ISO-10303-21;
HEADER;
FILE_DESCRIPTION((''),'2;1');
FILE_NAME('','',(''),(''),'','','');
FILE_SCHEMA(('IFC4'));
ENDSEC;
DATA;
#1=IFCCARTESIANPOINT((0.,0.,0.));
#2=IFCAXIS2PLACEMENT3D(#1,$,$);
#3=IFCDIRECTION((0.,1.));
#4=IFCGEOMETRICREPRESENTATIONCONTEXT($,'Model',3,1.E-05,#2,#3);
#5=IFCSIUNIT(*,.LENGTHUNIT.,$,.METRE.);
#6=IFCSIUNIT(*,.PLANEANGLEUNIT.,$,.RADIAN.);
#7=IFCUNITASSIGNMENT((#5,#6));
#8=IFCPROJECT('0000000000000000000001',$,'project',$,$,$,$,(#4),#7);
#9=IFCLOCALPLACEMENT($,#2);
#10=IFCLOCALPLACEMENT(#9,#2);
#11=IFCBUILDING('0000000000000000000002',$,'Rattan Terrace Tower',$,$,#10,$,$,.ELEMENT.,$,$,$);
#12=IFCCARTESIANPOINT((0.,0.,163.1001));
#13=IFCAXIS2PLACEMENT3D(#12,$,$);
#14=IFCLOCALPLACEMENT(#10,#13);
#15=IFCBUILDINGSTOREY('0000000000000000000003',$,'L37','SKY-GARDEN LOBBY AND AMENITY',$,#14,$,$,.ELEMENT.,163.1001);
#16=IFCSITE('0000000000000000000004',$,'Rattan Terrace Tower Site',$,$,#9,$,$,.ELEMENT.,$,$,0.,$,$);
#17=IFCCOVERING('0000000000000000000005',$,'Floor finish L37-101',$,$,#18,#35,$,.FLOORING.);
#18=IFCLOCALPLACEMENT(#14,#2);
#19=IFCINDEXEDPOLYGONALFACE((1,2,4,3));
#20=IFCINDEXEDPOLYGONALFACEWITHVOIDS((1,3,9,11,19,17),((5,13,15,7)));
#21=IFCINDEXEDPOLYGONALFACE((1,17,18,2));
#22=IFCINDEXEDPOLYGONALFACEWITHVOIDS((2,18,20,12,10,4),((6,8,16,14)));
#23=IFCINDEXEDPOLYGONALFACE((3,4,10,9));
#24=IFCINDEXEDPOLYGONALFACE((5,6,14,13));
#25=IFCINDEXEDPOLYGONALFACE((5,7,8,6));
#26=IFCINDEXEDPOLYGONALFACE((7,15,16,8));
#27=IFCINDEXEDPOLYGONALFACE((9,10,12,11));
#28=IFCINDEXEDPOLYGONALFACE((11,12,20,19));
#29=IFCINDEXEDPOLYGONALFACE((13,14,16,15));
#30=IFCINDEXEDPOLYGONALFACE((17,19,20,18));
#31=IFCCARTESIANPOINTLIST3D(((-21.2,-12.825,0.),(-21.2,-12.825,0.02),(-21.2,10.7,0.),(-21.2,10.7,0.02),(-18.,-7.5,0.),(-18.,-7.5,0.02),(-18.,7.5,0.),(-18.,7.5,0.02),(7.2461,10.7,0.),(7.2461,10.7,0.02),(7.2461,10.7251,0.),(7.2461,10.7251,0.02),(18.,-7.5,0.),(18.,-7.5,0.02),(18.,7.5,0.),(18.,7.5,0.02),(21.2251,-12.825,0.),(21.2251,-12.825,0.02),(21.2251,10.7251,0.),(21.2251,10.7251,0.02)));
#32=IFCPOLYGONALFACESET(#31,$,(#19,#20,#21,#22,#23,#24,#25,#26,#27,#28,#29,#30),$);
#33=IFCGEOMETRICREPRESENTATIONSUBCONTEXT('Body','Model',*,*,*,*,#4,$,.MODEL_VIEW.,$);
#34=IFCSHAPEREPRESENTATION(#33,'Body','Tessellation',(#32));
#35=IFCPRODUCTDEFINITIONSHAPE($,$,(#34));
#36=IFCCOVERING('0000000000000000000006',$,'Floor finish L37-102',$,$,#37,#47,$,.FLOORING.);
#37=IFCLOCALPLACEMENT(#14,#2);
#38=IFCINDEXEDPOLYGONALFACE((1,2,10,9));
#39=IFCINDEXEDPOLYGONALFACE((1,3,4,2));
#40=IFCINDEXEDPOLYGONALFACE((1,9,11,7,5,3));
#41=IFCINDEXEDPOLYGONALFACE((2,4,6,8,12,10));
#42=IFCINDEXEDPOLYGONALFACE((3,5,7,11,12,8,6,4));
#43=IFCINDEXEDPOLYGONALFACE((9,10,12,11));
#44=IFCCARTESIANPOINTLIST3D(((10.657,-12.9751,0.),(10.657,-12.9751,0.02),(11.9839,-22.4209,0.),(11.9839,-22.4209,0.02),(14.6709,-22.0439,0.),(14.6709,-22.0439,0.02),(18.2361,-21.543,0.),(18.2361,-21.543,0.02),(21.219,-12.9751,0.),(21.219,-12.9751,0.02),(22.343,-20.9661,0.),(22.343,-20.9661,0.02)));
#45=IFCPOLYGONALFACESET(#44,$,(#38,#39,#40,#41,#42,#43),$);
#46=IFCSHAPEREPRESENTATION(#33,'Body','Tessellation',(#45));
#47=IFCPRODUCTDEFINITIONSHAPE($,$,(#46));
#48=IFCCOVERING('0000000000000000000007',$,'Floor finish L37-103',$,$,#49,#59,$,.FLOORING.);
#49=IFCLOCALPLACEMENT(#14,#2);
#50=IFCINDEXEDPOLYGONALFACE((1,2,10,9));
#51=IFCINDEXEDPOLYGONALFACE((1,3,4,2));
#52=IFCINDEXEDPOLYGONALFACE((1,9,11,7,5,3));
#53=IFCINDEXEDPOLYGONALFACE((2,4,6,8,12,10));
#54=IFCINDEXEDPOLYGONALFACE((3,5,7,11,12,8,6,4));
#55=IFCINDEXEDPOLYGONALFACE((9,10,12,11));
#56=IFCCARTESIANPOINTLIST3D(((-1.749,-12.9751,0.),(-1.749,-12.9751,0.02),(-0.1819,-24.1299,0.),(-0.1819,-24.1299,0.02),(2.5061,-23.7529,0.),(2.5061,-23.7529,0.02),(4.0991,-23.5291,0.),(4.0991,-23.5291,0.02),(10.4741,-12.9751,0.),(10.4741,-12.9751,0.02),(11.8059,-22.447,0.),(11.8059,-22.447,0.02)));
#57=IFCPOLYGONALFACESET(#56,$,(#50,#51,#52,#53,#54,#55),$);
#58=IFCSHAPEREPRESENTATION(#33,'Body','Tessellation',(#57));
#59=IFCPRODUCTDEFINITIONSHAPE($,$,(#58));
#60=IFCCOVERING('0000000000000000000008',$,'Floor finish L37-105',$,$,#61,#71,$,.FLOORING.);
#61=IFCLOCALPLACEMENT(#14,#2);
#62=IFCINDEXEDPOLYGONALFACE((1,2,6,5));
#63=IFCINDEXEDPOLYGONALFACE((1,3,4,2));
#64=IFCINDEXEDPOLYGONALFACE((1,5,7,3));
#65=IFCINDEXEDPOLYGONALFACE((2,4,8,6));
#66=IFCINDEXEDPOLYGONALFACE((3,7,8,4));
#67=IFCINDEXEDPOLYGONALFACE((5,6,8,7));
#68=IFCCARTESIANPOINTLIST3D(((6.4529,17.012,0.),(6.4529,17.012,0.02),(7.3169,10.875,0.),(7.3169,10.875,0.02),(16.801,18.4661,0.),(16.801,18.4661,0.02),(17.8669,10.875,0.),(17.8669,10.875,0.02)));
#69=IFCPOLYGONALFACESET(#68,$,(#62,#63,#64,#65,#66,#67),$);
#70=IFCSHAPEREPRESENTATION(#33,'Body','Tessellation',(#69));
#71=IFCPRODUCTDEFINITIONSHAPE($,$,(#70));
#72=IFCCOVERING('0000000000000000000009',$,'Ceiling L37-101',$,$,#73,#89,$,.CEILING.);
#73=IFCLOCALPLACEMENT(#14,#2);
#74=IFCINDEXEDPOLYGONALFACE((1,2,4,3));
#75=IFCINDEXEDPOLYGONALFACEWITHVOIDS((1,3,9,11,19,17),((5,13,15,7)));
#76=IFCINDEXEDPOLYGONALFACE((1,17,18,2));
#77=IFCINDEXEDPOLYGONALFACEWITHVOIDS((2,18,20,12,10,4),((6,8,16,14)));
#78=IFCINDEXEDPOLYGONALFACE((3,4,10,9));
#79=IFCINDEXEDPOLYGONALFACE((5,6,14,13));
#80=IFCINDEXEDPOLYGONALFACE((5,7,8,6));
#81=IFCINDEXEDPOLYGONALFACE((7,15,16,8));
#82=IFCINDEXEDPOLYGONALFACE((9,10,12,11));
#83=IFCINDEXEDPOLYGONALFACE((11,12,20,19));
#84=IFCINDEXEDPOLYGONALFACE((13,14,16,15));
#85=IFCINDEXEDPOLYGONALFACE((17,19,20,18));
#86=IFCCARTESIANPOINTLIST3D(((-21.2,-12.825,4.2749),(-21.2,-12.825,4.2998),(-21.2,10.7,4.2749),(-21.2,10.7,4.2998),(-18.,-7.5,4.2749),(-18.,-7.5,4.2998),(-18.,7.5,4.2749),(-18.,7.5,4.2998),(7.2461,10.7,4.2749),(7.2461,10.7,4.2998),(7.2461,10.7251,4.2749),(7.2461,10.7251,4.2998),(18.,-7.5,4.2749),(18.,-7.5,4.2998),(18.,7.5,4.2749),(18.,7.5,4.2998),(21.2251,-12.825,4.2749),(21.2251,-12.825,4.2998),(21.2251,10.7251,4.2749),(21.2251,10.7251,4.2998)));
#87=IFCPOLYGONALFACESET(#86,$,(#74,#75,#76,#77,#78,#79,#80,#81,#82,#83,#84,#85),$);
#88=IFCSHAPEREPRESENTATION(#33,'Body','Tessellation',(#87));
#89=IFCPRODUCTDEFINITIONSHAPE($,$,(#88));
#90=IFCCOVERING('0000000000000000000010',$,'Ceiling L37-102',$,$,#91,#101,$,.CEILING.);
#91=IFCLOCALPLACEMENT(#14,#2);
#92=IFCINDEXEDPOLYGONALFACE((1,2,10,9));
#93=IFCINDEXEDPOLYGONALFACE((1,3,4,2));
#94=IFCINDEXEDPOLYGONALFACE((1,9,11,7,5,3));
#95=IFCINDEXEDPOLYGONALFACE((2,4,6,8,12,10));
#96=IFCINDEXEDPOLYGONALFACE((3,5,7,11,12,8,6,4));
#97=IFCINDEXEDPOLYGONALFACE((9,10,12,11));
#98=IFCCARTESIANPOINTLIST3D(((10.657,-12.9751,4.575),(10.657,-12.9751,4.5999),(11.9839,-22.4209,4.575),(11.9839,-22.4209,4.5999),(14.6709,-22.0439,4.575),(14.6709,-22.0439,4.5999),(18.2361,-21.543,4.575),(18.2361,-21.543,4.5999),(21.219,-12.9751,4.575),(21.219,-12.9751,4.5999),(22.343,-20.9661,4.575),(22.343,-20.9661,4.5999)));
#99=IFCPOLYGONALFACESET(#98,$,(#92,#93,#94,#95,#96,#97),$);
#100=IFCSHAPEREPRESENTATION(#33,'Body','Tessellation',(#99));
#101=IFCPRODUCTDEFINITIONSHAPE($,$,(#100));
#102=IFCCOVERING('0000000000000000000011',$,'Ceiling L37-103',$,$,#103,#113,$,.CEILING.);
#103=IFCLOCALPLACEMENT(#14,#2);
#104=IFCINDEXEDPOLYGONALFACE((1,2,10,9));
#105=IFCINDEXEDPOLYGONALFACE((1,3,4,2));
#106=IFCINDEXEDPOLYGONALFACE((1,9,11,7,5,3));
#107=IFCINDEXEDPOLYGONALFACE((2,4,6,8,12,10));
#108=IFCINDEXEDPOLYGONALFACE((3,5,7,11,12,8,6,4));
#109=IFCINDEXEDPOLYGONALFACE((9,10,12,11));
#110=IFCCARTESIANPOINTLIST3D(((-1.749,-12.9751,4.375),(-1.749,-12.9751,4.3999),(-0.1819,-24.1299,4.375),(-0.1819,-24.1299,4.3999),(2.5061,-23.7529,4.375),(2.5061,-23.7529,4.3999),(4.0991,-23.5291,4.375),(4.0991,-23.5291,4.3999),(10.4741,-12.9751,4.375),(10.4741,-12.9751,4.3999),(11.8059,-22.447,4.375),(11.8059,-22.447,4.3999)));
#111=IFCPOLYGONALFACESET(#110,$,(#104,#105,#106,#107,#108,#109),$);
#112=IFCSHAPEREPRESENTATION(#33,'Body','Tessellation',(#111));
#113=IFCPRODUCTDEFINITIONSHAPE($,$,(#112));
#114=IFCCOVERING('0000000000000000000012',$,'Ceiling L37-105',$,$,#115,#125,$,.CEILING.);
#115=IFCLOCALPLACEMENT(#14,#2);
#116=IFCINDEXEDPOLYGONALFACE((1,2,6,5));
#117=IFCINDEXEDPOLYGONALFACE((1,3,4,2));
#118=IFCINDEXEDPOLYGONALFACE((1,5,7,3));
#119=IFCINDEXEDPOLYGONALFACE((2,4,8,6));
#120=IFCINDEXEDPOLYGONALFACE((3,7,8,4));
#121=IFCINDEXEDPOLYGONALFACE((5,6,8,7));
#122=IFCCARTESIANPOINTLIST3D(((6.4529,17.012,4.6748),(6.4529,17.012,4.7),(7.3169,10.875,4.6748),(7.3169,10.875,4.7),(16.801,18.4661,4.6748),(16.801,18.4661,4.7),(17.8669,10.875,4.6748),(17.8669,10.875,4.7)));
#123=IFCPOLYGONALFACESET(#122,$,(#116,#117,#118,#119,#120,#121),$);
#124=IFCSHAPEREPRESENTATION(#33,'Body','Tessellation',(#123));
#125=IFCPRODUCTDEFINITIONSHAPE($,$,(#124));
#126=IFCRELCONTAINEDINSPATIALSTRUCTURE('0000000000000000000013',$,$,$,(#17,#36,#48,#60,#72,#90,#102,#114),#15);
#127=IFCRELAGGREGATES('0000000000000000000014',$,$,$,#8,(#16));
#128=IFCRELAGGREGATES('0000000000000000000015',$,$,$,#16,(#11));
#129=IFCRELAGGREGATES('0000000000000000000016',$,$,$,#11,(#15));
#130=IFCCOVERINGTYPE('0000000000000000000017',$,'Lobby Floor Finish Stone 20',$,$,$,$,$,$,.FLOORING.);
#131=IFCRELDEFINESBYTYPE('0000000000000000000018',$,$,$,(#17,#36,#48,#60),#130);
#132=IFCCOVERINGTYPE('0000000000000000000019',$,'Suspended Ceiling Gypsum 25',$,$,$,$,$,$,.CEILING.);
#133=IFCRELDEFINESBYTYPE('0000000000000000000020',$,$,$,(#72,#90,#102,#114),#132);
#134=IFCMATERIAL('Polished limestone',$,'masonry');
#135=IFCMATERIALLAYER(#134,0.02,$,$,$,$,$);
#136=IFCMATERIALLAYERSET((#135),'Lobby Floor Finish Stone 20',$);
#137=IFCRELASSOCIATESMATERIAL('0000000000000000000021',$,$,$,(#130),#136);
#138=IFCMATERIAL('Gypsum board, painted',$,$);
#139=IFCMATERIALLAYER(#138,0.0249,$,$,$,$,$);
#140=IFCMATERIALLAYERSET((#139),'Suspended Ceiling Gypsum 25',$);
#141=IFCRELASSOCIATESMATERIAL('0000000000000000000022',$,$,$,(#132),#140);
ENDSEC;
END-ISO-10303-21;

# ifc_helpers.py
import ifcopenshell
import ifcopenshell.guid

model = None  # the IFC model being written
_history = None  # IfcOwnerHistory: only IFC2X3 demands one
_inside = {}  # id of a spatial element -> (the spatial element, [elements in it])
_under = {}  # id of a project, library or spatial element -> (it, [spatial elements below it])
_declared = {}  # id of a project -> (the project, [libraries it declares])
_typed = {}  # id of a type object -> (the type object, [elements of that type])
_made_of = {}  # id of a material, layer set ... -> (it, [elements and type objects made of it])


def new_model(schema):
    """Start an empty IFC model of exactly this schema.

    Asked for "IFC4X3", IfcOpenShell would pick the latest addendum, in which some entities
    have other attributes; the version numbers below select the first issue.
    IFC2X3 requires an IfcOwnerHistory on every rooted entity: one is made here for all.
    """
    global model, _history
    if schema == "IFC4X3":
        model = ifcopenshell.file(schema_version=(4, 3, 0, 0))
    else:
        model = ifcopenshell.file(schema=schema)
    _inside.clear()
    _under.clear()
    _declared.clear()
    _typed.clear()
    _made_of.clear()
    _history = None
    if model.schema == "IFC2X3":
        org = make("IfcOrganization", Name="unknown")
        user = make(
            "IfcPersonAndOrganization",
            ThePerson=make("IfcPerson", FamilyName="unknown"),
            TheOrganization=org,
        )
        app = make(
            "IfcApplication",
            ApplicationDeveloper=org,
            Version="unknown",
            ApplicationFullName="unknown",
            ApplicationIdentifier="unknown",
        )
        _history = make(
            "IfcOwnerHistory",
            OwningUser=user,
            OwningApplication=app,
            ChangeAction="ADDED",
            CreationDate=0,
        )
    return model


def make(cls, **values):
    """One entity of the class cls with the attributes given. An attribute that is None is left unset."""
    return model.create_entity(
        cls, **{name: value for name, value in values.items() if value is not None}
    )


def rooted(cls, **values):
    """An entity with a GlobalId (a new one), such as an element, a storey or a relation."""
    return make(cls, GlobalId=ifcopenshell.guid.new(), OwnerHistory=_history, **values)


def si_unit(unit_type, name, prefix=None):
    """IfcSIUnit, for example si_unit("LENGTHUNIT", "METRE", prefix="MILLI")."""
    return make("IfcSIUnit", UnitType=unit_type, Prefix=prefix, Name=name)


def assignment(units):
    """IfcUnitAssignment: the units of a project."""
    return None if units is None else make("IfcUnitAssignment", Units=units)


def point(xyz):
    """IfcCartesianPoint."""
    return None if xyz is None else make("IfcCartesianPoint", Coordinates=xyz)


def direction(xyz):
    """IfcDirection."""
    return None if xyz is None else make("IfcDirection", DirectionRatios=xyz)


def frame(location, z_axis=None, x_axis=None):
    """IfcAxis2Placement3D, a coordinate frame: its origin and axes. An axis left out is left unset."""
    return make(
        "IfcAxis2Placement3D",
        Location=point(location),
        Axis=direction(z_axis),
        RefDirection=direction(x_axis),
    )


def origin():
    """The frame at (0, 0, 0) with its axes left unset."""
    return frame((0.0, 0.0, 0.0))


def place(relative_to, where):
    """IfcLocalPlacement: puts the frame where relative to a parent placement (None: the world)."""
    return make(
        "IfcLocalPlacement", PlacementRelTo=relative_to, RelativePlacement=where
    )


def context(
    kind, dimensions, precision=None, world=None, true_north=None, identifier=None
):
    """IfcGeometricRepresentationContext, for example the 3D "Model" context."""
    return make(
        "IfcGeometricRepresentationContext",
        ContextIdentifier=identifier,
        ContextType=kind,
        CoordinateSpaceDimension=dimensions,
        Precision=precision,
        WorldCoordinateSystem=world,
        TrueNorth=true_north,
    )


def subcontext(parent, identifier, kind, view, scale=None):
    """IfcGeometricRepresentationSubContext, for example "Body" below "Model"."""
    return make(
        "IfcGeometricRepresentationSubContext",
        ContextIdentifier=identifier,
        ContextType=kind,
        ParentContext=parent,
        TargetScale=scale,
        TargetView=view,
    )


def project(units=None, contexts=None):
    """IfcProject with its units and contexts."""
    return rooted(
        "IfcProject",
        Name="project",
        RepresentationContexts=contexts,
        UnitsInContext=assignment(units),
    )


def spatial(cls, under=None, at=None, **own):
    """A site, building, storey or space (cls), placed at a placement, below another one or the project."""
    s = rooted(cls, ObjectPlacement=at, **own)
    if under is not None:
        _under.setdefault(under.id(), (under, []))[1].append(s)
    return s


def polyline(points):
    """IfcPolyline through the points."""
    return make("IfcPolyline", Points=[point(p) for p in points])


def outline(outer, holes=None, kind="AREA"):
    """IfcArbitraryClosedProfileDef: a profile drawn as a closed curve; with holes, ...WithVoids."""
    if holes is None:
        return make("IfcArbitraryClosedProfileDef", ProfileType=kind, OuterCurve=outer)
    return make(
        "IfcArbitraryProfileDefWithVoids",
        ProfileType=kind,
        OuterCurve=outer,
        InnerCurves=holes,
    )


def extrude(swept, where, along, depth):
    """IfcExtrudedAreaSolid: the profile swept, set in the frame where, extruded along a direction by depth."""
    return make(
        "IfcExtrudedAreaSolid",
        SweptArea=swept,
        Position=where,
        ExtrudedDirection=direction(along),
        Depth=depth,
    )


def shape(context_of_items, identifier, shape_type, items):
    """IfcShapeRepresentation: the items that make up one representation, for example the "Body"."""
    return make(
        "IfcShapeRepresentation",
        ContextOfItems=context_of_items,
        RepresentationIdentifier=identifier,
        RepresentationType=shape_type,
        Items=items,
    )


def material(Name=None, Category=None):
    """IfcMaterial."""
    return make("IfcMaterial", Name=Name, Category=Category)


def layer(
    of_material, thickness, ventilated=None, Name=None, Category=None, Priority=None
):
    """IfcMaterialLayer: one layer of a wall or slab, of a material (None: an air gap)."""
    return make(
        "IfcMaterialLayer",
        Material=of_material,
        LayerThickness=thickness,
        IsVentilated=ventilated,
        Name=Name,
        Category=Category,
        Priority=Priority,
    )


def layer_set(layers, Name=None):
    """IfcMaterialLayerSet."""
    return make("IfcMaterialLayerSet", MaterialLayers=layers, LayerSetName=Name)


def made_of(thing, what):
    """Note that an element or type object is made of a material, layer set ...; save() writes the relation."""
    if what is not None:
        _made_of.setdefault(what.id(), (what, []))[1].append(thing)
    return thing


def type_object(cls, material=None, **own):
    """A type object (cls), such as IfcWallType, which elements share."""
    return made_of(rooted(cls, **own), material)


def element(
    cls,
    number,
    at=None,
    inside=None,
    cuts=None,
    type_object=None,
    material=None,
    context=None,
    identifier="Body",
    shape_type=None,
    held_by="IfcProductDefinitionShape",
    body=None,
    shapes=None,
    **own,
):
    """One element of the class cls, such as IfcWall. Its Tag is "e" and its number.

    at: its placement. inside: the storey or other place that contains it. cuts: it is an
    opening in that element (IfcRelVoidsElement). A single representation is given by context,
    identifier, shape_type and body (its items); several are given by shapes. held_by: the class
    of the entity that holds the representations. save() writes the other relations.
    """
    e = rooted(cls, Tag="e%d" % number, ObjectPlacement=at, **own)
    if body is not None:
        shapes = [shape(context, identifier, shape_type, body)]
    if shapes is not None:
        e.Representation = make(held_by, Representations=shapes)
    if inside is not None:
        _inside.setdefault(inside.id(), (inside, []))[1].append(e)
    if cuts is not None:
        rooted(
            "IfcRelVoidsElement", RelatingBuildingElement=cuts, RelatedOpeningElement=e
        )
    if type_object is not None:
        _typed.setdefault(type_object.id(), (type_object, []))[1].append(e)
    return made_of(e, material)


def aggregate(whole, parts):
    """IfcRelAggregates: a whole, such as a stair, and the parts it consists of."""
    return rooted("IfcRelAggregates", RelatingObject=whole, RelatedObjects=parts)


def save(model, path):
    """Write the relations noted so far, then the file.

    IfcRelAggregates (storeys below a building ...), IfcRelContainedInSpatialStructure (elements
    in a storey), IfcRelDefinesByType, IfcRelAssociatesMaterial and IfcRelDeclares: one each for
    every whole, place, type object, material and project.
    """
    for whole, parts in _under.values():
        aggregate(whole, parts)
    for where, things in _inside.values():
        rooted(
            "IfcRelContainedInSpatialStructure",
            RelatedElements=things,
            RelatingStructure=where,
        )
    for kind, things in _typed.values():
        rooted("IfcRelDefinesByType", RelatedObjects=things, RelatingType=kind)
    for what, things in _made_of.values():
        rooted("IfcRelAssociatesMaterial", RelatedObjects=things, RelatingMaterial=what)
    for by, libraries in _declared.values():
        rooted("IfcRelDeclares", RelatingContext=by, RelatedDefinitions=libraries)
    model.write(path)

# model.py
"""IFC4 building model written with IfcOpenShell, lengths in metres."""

from ifc_helpers import new_model, si_unit, direction, frame, origin, place, context, subcontext, project, spatial, polyline, outline, extrude, material, layer, layer_set, type_object, element, save


model = new_model("IFC4")

# Units and contexts
model_context = context("Model", 3, precision=1e-05, world=origin(), true_north=direction((0.0, 1.0)))
body_context = subcontext(model_context, "Body", "Model", "MODEL_VIEW")
ifc_project = project(units=[si_unit("LENGTHUNIT", "METRE"), si_unit("PLANEANGLEUNIT", "RADIAN")], contexts=[model_context])

# Site, building, storey
site_placement = place(None, origin())
site = spatial("IfcSite", under=ifc_project, at=site_placement, Name="Rattan Terrace Tower Site", CompositionType="ELEMENT", RefElevation=0.0)
building_placement = place(site_placement, origin())
building = spatial("IfcBuilding", under=site, at=building_placement, Name="Rattan Terrace Tower", CompositionType="ELEMENT")
storey_placement = place(building_placement, frame((0.0, 0.0, 163.1001)))
storey = spatial("IfcBuildingStorey", under=building, at=storey_placement, Name="L37", Description="SKY-GARDEN LOBBY AND AMENITY", CompositionType="ELEMENT", Elevation=163.1001)

# Coverings
ifc_material_1 = material(Name="Polished limestone", Category="masonry")
ifc_layer_1 = layer(ifc_material_1, 0.02)
ifc_layer_set_1 = layer_set([ifc_layer_1], Name="Lobby Floor Finish Stone 20")
covering_type_1 = type_object("IfcCoveringType", Name="Lobby Floor Finish Stone 20", PredefinedType="FLOORING", material=ifc_layer_set_1)
covering_1_placement = place(storey_placement, origin())
element("IfcCovering", 1, at=covering_1_placement, inside=storey, type_object=covering_type_1, Name="Floor finish L37-101", PredefinedType="FLOORING", context=body_context, shape_type="SweptSolid", body=[
    extrude(outline(polyline([(-21.2, -12.825), (21.2251, -12.825), (21.2251, 10.7251), (7.2461, 10.7251), (7.2461, 10.7), (-21.2, 10.7), (-21.2, -12.825)]), holes=[polyline([(-18.0, -7.5), (18.0, -7.5), (18.0, 7.5), (-18.0, 7.5), (-18.0, -7.5)])]), origin(), (0.0, 0.0, 1.0), 0.02),
])
covering_2_placement = place(storey_placement, origin())
element("IfcCovering", 2, at=covering_2_placement, inside=storey, type_object=covering_type_1, Name="Floor finish L37-102", PredefinedType="FLOORING", context=body_context, shape_type="SweptSolid", body=[
    extrude(outline(polyline([(14.6709, -22.0439), (18.2361, -21.543), (22.343, -20.9661), (21.219, -12.9751), (10.657, -12.9751), (11.9839, -22.4209), (14.6709, -22.0439)])), origin(), (0.0, 0.0, 1.0), 0.02),
])
covering_3_placement = place(storey_placement, origin())
element("IfcCovering", 3, at=covering_3_placement, inside=storey, type_object=covering_type_1, Name="Floor finish L37-103", PredefinedType="FLOORING", context=body_context, shape_type="SweptSolid", body=[
    extrude(outline(polyline([(2.5061, -23.7529), (4.0991, -23.5291), (11.8059, -22.447), (10.4741, -12.9751), (-1.749, -12.9751), (-0.1819, -24.1299), (2.5061, -23.7529)])), origin(), (0.0, 0.0, 1.0), 0.02),
])
covering_4_placement = place(storey_placement, origin())
element("IfcCovering", 4, at=covering_4_placement, inside=storey, type_object=covering_type_1, Name="Floor finish L37-105", PredefinedType="FLOORING", context=body_context, shape_type="SweptSolid", body=[
    extrude(outline(polyline([(17.8669, 10.875), (16.801, 18.4661), (6.4529, 17.012), (7.3169, 10.875), (17.8669, 10.875)])), origin(), (0.0, 0.0, 1.0), 0.02),
])
ifc_material_2 = material(Name="Gypsum board, painted")
ifc_layer_2 = layer(ifc_material_2, 0.0249)
ifc_layer_set_2 = layer_set([ifc_layer_2], Name="Suspended Ceiling Gypsum 25")
covering_type_2 = type_object("IfcCoveringType", Name="Suspended Ceiling Gypsum 25", PredefinedType="CEILING", material=ifc_layer_set_2)
covering_5_placement = place(storey_placement, frame((0.0, 0.0, 4.2749)))
element("IfcCovering", 5, at=covering_5_placement, inside=storey, type_object=covering_type_2, Name="Ceiling L37-101", PredefinedType="CEILING", context=body_context, shape_type="SweptSolid", body=[
    extrude(outline(polyline([(-21.2, -12.825), (21.2251, -12.825), (21.2251, 10.7251), (7.2461, 10.7251), (7.2461, 10.7), (-21.2, 10.7), (-21.2, -12.825)]), holes=[polyline([(-18.0, -7.5), (18.0, -7.5), (18.0, 7.5), (-18.0, 7.5), (-18.0, -7.5)])]), origin(), (0.0, 0.0, 1.0), 0.0249),
])
covering_6_placement = place(storey_placement, frame((0.0, 0.0, 4.575)))
element("IfcCovering", 6, at=covering_6_placement, inside=storey, type_object=covering_type_2, Name="Ceiling L37-102", PredefinedType="CEILING", context=body_context, shape_type="SweptSolid", body=[
    extrude(outline(polyline([(14.6709, -22.0439), (18.2361, -21.543), (22.343, -20.9661), (21.219, -12.9751), (10.657, -12.9751), (11.9839, -22.4209), (14.6709, -22.0439)])), origin(), (0.0, 0.0, 1.0), 0.0249),
])
covering_7_placement = place(storey_placement, frame((0.0, 0.0, 4.375)))
element("IfcCovering", 7, at=covering_7_placement, inside=storey, type_object=covering_type_2, Name="Ceiling L37-103", PredefinedType="CEILING", context=body_context, shape_type="SweptSolid", body=[
    extrude(outline(polyline([(2.5061, -23.7529), (4.0991, -23.5291), (11.8059, -22.447), (10.4741, -12.9751), (-1.749, -12.9751), (-0.1819, -24.1299), (2.5061, -23.7529)])), origin(), (0.0, 0.0, 1.0), 0.0249),
])
covering_8_placement = place(storey_placement, frame((0.0, 0.0, 4.6748)))
element("IfcCovering", 8, at=covering_8_placement, inside=storey, type_object=covering_type_2, Name="Ceiling L37-105", PredefinedType="CEILING", context=body_context, shape_type="SweptSolid", body=[
    extrude(outline(polyline([(17.8669, 10.875), (16.801, 18.4661), (6.4529, 17.012), (7.3169, 10.875), (17.8669, 10.875)])), origin(), (0.0, 0.0, 1.0), 0.0251),
])

save(model, "model.ifc")
